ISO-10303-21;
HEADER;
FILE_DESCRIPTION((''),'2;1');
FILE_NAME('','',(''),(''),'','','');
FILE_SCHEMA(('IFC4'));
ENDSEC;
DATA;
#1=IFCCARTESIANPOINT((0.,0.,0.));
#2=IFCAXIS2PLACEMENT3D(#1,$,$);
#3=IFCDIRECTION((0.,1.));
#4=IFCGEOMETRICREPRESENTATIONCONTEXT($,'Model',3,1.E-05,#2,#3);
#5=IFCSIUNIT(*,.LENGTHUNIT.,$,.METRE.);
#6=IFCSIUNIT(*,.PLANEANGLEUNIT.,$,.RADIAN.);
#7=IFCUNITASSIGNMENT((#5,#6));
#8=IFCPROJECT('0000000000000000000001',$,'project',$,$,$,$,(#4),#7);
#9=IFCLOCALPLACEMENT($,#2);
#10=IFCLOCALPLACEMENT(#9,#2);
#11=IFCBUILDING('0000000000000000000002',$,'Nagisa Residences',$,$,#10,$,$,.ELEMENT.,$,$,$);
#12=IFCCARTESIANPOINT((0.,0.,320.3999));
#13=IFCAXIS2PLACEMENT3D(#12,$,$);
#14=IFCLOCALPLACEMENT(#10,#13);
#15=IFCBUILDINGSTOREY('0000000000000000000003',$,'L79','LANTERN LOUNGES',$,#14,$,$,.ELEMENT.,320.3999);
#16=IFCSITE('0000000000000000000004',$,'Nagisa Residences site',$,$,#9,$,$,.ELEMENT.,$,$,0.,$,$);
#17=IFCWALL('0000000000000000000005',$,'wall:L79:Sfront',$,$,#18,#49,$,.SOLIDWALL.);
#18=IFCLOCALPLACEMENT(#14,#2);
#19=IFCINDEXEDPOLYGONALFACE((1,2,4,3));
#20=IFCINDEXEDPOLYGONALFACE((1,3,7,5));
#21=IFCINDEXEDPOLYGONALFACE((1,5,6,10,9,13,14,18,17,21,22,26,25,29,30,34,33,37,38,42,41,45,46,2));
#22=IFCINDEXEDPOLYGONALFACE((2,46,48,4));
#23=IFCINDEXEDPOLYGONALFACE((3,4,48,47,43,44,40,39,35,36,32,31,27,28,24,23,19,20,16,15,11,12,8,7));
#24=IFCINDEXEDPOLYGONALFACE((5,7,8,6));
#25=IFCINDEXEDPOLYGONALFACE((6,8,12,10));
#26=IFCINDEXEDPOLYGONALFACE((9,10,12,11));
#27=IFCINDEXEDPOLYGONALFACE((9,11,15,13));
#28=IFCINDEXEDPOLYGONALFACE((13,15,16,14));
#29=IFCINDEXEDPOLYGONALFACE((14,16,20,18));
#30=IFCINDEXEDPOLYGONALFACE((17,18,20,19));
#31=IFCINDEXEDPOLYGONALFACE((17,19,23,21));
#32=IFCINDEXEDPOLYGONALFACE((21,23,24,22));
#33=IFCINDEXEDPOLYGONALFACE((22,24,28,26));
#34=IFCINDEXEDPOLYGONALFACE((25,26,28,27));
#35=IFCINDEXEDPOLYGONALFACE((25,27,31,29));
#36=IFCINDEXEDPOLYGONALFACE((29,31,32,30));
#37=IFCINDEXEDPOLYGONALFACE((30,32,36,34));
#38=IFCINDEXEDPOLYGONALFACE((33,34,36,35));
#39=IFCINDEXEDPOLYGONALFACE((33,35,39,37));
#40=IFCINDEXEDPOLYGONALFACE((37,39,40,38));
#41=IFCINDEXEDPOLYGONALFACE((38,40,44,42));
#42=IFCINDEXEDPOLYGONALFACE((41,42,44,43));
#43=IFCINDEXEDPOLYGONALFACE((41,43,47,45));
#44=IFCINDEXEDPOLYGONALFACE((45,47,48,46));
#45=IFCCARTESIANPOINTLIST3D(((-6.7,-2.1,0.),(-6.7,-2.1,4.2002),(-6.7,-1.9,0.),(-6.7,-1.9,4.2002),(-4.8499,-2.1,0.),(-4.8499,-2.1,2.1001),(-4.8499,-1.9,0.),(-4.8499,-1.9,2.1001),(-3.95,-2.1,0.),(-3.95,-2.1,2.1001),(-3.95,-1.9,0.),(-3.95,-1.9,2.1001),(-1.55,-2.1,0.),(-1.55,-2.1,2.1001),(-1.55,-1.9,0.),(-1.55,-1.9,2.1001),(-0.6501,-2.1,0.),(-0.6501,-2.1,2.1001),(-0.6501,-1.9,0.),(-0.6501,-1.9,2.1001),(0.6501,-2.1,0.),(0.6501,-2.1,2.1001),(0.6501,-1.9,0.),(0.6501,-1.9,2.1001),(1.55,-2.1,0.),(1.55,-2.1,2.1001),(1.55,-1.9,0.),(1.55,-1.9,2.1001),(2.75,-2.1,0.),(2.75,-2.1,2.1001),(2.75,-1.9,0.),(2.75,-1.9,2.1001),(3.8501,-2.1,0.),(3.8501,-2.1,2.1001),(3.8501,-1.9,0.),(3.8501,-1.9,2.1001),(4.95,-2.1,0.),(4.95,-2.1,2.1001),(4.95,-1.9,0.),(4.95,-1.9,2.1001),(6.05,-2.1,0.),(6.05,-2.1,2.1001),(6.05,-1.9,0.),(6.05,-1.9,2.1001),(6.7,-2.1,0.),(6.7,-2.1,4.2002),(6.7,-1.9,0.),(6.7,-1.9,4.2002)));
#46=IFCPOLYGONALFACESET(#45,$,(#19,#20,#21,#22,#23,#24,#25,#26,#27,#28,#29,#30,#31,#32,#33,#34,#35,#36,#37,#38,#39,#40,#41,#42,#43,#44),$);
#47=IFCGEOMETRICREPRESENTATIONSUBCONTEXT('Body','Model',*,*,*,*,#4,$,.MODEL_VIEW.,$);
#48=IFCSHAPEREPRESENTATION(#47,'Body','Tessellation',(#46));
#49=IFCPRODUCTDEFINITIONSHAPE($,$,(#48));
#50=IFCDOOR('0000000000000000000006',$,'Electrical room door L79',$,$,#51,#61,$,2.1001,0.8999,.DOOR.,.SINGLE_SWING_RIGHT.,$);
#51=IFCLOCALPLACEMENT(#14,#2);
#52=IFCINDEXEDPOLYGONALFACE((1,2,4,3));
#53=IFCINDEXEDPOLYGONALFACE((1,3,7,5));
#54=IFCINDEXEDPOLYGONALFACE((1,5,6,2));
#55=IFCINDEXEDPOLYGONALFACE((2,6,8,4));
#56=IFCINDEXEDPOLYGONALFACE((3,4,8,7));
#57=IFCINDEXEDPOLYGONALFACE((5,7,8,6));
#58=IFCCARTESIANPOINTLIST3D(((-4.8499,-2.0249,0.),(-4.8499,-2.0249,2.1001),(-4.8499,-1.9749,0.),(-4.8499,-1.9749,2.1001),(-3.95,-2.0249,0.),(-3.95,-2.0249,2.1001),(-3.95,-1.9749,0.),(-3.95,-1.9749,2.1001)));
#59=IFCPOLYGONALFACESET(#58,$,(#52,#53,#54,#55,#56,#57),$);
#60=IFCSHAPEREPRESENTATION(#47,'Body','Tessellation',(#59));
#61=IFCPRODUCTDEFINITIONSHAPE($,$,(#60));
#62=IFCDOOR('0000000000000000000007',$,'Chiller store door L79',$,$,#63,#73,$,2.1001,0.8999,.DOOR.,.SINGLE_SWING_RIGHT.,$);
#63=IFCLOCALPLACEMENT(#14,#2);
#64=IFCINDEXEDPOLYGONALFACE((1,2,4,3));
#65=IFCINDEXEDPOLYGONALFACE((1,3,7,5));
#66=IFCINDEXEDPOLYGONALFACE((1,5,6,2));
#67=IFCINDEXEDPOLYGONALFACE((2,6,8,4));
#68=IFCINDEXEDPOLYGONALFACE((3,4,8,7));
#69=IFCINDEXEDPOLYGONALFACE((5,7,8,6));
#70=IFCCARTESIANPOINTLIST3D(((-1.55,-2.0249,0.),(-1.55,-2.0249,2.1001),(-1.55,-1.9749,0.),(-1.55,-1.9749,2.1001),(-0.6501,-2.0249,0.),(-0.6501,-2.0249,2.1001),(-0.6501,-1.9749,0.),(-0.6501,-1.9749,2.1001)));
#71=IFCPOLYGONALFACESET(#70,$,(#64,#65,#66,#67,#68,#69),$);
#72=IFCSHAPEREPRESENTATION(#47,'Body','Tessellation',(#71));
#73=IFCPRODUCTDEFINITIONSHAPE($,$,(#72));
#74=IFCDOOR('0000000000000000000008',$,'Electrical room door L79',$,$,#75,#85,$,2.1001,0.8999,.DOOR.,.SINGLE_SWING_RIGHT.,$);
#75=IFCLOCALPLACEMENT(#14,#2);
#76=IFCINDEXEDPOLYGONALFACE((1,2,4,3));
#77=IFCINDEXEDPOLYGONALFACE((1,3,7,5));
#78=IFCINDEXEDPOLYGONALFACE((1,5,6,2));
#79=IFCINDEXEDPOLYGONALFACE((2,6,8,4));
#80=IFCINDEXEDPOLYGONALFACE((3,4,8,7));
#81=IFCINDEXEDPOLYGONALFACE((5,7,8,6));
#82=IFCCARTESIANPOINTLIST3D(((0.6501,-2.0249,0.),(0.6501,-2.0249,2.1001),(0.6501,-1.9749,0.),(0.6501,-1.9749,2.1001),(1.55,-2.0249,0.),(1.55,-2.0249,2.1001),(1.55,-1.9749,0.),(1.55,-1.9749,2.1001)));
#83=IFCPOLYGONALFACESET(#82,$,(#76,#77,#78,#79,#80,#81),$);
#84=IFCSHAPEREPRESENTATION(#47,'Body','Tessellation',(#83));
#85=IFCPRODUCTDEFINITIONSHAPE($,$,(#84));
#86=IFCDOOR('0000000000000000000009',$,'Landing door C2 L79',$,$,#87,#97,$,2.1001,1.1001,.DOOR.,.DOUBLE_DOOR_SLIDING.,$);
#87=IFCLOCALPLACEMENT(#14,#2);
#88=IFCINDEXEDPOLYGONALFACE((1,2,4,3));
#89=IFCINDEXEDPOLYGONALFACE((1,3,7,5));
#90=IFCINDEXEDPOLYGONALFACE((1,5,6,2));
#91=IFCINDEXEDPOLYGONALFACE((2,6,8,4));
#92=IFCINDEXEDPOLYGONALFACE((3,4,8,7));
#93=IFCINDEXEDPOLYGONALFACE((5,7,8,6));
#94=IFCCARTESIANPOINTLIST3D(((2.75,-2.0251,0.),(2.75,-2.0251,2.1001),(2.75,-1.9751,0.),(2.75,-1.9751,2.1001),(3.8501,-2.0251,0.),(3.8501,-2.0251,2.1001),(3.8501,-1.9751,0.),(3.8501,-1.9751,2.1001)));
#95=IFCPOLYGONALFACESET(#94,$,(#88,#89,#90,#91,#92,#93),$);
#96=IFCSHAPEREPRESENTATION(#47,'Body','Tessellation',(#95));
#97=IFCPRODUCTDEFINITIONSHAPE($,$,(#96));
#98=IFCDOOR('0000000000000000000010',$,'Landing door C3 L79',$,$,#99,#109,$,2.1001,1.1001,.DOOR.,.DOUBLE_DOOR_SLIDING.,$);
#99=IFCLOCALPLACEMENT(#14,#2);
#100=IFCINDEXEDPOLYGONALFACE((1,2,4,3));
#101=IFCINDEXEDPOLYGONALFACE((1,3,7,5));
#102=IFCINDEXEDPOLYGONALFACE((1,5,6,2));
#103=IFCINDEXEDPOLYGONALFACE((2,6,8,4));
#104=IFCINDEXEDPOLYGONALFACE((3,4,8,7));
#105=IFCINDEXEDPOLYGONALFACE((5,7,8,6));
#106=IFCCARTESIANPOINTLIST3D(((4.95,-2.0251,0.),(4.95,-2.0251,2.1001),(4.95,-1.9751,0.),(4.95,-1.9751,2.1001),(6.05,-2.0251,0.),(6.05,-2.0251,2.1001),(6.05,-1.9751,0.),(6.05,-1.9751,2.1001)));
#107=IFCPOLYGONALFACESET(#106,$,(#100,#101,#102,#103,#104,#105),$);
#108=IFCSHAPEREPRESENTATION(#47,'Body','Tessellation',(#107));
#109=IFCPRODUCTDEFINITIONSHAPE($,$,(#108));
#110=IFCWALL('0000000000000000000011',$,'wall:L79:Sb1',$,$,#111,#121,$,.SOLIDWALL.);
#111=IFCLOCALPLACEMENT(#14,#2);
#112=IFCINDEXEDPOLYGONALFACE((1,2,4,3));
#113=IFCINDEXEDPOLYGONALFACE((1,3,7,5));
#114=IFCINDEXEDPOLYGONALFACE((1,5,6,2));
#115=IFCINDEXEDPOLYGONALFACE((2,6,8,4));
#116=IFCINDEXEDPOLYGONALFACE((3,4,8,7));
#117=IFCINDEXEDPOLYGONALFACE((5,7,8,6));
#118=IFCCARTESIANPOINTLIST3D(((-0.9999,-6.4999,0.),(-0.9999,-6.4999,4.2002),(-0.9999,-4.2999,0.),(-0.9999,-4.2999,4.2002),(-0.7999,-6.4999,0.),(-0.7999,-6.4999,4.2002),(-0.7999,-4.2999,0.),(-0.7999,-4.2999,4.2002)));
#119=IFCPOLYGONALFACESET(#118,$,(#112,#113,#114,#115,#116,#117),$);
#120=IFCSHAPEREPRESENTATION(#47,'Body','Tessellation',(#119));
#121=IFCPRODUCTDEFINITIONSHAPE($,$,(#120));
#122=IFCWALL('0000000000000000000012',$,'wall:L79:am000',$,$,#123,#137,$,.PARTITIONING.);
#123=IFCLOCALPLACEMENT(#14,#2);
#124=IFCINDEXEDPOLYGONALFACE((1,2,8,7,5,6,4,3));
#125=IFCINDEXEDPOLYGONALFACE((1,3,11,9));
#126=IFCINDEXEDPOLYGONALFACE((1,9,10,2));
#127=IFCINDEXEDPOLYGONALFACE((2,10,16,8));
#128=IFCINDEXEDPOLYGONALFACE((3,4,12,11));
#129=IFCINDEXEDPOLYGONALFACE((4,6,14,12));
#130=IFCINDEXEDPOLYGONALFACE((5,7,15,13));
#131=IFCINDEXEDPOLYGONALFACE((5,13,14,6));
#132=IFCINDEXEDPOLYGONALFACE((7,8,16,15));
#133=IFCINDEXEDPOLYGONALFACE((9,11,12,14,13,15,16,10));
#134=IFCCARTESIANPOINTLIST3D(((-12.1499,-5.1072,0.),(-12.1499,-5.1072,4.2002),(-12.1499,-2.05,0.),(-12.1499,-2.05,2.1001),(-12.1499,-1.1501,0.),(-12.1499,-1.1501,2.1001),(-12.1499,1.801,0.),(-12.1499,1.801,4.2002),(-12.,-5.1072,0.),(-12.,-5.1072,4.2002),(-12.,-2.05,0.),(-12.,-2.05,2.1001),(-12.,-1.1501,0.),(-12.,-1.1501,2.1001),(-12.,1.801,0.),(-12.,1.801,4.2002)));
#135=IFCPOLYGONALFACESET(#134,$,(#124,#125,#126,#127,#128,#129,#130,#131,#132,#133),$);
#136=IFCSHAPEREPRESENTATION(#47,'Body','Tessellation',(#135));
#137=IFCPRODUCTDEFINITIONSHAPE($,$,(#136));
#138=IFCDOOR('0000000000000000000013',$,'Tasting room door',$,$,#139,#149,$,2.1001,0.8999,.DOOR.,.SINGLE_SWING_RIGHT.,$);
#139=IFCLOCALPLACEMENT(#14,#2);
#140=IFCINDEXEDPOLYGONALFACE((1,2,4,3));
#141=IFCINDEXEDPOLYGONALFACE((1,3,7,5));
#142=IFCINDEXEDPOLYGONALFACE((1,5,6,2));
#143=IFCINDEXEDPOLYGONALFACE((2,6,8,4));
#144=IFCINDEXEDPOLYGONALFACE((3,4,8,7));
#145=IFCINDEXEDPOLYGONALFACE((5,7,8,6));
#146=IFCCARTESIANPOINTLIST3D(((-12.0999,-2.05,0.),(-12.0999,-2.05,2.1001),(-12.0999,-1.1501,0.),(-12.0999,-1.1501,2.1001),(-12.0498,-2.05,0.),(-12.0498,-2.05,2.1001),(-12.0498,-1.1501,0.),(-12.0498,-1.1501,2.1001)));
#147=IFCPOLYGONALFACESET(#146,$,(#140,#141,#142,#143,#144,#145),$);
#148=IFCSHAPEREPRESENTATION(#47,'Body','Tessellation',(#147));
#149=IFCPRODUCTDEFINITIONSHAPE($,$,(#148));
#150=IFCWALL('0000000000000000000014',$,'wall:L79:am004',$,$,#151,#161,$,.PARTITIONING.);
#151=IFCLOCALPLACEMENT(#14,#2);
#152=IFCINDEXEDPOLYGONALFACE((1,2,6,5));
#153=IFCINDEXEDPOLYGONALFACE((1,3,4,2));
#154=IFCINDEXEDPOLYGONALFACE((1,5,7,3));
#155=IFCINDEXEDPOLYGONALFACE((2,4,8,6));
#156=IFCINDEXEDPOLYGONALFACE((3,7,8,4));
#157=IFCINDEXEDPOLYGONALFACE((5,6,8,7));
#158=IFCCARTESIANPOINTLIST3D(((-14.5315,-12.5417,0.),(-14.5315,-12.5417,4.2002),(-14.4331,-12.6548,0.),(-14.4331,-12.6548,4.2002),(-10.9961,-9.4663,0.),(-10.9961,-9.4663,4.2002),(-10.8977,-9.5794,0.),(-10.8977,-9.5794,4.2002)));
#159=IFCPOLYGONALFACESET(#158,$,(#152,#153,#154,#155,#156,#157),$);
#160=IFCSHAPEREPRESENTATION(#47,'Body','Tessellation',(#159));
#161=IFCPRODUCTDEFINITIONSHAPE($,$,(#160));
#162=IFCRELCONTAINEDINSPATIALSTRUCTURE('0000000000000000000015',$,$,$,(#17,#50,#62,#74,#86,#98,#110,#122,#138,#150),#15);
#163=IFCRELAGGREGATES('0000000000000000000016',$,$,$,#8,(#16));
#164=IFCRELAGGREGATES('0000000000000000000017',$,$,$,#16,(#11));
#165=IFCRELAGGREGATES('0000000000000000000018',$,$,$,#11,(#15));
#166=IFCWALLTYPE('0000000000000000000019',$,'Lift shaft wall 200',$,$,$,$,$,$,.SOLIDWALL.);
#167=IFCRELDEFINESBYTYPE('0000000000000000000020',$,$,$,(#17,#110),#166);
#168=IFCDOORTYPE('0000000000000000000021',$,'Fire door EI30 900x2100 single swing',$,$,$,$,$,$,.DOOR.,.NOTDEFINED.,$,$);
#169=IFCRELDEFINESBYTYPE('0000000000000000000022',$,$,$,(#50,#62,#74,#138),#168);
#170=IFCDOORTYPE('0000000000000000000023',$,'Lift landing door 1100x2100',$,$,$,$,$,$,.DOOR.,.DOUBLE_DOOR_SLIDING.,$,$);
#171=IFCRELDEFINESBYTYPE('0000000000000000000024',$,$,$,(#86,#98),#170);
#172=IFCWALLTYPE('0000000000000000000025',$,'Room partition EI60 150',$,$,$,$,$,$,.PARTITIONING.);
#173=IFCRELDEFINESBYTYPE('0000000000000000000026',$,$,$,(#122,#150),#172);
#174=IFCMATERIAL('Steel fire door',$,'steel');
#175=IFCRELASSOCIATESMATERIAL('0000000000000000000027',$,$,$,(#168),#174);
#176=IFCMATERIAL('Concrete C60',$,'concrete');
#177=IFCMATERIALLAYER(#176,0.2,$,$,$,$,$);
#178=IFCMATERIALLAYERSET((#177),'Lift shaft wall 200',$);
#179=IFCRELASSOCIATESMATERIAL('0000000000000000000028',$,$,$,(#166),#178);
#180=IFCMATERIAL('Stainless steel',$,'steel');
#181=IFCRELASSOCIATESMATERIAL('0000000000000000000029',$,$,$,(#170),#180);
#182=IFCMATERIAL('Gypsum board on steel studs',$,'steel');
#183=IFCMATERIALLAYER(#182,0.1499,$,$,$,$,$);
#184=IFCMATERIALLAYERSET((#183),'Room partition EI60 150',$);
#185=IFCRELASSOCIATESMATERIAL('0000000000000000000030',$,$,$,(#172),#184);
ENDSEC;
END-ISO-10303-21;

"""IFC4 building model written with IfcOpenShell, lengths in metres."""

from ifc_helpers import new_model, si_unit, direction, frame, frame_2d, origin, place, context, subcontext, project, spatial, rectangle, extrude, material, layer, layer_set, type_object, element, fill, save


model = new_model("IFC4")

# Units and contexts
model_context = context("Model", 3, precision=1e-05, world=origin(), true_north=direction((0.0, 1.0)))
body_context = subcontext(model_context, "Body", "Model", "MODEL_VIEW")
ifc_project = project(units=[si_unit("LENGTHUNIT", "METRE"), si_unit("PLANEANGLEUNIT", "RADIAN")], contexts=[model_context])

# Site, building, storey
site_placement = place(None, origin())
site = spatial("IfcSite", under=ifc_project, at=site_placement, Name="Nagisa Residences site", CompositionType="ELEMENT", RefElevation=0.0)
building_placement = place(site_placement, origin())
building = spatial("IfcBuilding", under=site, at=building_placement, Name="Nagisa Residences", CompositionType="ELEMENT")
storey_placement = place(building_placement, frame((0.0, 0.0, 320.3999)))
storey = spatial("IfcBuildingStorey", under=building, at=storey_placement, Name="L79", Description="LANTERN LOUNGES", CompositionType="ELEMENT", Elevation=320.3999)

# Shared definitions
ifc_material_1 = material(Name="Steel fire door", Category="steel")
door_type_1 = type_object("IfcDoorType", Name="Fire door EI30 900x2100 single swing", OperationType="NOTDEFINED", PredefinedType="DOOR", material=ifc_material_1)

# Shared definitions
ifc_material_2 = material(Name="Concrete C60", Category="concrete")
ifc_layer_1 = layer(ifc_material_2, 0.2)
ifc_layer_set_1 = layer_set([ifc_layer_1], Name="Lift shaft wall 200")
wall_type_1 = type_object("IfcWallType", Name="Lift shaft wall 200", PredefinedType="SOLIDWALL", material=ifc_layer_set_1)

# Wall, openings, doors
wall_1_placement = place(storey_placement, frame((-6.7, -2.0, 0.0), z_axis=(0.0, 0.0, 1.0), x_axis=(1.0, 0.0, 0.0)))
wall_1 = element("IfcWall", 1, at=wall_1_placement, inside=storey, type_object=wall_type_1, Name="wall:L79:Sfront", PredefinedType="SOLIDWALL", context=body_context, shape_type="SweptSolid", body=[
    extrude(rectangle(XDim=13.3999, YDim=0.2, at=frame_2d((6.7, 0.0))), origin(), (0.0, 0.0, 1.0), 4.2002),
])
opening_1_placement = place(wall_1_placement, frame((9.45, 0.0, 0.0)))
opening_1 = element("IfcOpeningElement", 2, at=opening_1_placement, cuts=wall_1, PredefinedType="OPENING", context=body_context, shape_type="SweptSolid", body=[
    extrude(rectangle(XDim=1.1001, YDim=2.1001, at=frame_2d((0.55, 1.05))), frame((0.0, 0.1099, 0.0), z_axis=(0.0, -1.0, 0.0), x_axis=(1.0, 0.0, 0.0)), (0.0, 0.0, 1.0), 0.22),
])
opening_2_placement = place(wall_1_placement, frame((11.6499, 0.0, 0.0)))
opening_2 = element("IfcOpeningElement", 3, at=opening_2_placement, cuts=wall_1, PredefinedType="OPENING", context=body_context, shape_type="SweptSolid", body=[
    extrude(rectangle(XDim=1.1001, YDim=2.1001, at=frame_2d((0.55, 1.05))), frame((0.0, 0.1099, 0.0), z_axis=(0.0, -1.0, 0.0), x_axis=(1.0, 0.0, 0.0)), (0.0, 0.0, 1.0), 0.22),
])
opening_3_placement = place(wall_1_placement, frame((1.8501, 0.0, 0.0)))
opening_3 = element("IfcOpeningElement", 4, at=opening_3_placement, cuts=wall_1, PredefinedType="OPENING", context=body_context, shape_type="SweptSolid", body=[
    extrude(rectangle(XDim=0.8999, YDim=2.1001, at=frame_2d((0.45, 1.05))), frame((0.0, 0.1099, 0.0), z_axis=(0.0, -1.0, 0.0), x_axis=(1.0, 0.0, 0.0)), (0.0, 0.0, 1.0), 0.22),
])
opening_4_placement = place(wall_1_placement, frame((5.1499, 0.0, 0.0)))
opening_4 = element("IfcOpeningElement", 5, at=opening_4_placement, cuts=wall_1, PredefinedType="OPENING", context=body_context, shape_type="SweptSolid", body=[
    extrude(rectangle(XDim=0.8999, YDim=2.1001, at=frame_2d((0.45, 1.05))), frame((0.0, 0.1099, 0.0), z_axis=(0.0, -1.0, 0.0), x_axis=(1.0, 0.0, 0.0)), (0.0, 0.0, 1.0), 0.22),
])
opening_5_placement = place(wall_1_placement, frame((7.3501, 0.0, 0.0)))
opening_5 = element("IfcOpeningElement", 6, at=opening_5_placement, cuts=wall_1, PredefinedType="OPENING", context=body_context, shape_type="SweptSolid", body=[
    extrude(rectangle(XDim=0.8999, YDim=2.1001, at=frame_2d((0.45, 1.05))), frame((0.0, 0.1099, 0.0), z_axis=(0.0, -1.0, 0.0), x_axis=(1.0, 0.0, 0.0)), (0.0, 0.0, 1.0), 0.22),
])
door_1_placement = place(opening_3_placement, frame((0.8999, 0.0, 0.0), x_axis=(-1.0, 0.0, 0.0)))
door_1 = element("IfcDoor", 7, at=door_1_placement, inside=storey, type_object=door_type_1, Name="Electrical room door L79", OperationType="SINGLE_SWING_RIGHT", OverallHeight=2.1001, OverallWidth=0.8999, PredefinedType="DOOR", context=body_context, shape_type="SweptSolid", body=[
    extrude(rectangle(XDim=0.8999, YDim=2.1001, at=frame_2d((0.45, 1.05))), frame((0.0, 0.0249, 0.0), z_axis=(0.0, -1.0, 0.0), x_axis=(1.0, 0.0, 0.0)), (0.0, 0.0, 1.0), 0.05),
])
fill(opening_3, door_1)
door_2_placement = place(opening_4_placement, frame((0.8999, 0.0, 0.0), x_axis=(-1.0, 0.0, 0.0)))
door_2 = element("IfcDoor", 8, at=door_2_placement, inside=storey, type_object=door_type_1, Name="Chiller store door L79", OperationType="SINGLE_SWING_RIGHT", OverallHeight=2.1001, OverallWidth=0.8999, PredefinedType="DOOR", context=body_context, shape_type="SweptSolid", body=[
    extrude(rectangle(XDim=0.8999, YDim=2.1001, at=frame_2d((0.45, 1.05))), frame((0.0, 0.0249, 0.0), z_axis=(0.0, -1.0, 0.0), x_axis=(1.0, 0.0, 0.0)), (0.0, 0.0, 1.0), 0.05),
])
fill(opening_4, door_2)
door_3_placement = place(opening_5_placement, frame((0.8999, 0.0, 0.0), x_axis=(-1.0, 0.0, 0.0)))
door_3 = element("IfcDoor", 9, at=door_3_placement, inside=storey, type_object=door_type_1, Name="Electrical room door L79", OperationType="SINGLE_SWING_RIGHT", OverallHeight=2.1001, OverallWidth=0.8999, PredefinedType="DOOR", context=body_context, shape_type="SweptSolid", body=[
    extrude(rectangle(XDim=0.8999, YDim=2.1001, at=frame_2d((0.45, 1.05))), frame((0.0, 0.0249, 0.0), z_axis=(0.0, -1.0, 0.0), x_axis=(1.0, 0.0, 0.0)), (0.0, 0.0, 1.0), 0.05),
])
fill(opening_5, door_3)
ifc_material_3 = material(Name="Stainless steel", Category="steel")
door_type_2 = type_object("IfcDoorType", Name="Lift landing door 1100x2100", OperationType="DOUBLE_DOOR_SLIDING", PredefinedType="DOOR", material=ifc_material_3)
door_4_placement = place(opening_1_placement, origin())
door_4 = element("IfcDoor", 10, at=door_4_placement, inside=storey, type_object=door_type_2, Name="Landing door C2 L79", OperationType="DOUBLE_DOOR_SLIDING", OverallHeight=2.1001, OverallWidth=1.1001, PredefinedType="DOOR", context=body_context, shape_type="SweptSolid", body=[
    extrude(rectangle(XDim=1.1001, YDim=2.1001, at=frame_2d((0.55, 1.05))), frame((0.0, 0.0249, 0.0), z_axis=(0.0, -1.0, 0.0), x_axis=(1.0, 0.0, 0.0)), (0.0, 0.0, 1.0), 0.05),
])
fill(opening_1, door_4)
door_5_placement = place(opening_2_placement, origin())
door_5 = element("IfcDoor", 11, at=door_5_placement, inside=storey, type_object=door_type_2, Name="Landing door C3 L79", OperationType="DOUBLE_DOOR_SLIDING", OverallHeight=2.1001, OverallWidth=1.1001, PredefinedType="DOOR", context=body_context, shape_type="SweptSolid", body=[
    extrude(rectangle(XDim=1.1001, YDim=2.1001, at=frame_2d((0.55, 1.05))), frame((0.0, 0.0249, 0.0), z_axis=(0.0, -1.0, 0.0), x_axis=(1.0, 0.0, 0.0)), (0.0, 0.0, 1.0), 0.05),
])
fill(opening_2, door_5)

# Wall
wall_2_placement = place(storey_placement, frame((-0.8999, -6.5, 0.0), z_axis=(0.0, 0.0, 1.0), x_axis=(0.0, 1.0, 0.0)))
element("IfcWall", 12, at=wall_2_placement, inside=storey, type_object=wall_type_1, Name="wall:L79:Sb1", PredefinedType="SOLIDWALL", context=body_context, shape_type="SweptSolid", body=[
    extrude(rectangle(XDim=2.2, YDim=0.2, at=frame_2d((1.1001, 0.0))), origin(), (0.0, 0.0, 1.0), 4.2002),
])

# Wall, opening, door
ifc_material_4 = material(Name="Gypsum board on steel studs", Category="steel")
ifc_layer_2 = layer(ifc_material_4, 0.1499)
ifc_layer_set_2 = layer_set([ifc_layer_2], Name="Room partition EI60 150")
wall_type_2 = type_object("IfcWallType", Name="Room partition EI60 150", PredefinedType="PARTITIONING", material=ifc_layer_set_2)
wall_3_placement = place(storey_placement, frame((-12.075, -5.1072, 0.0), z_axis=(0.0, 0.0, 1.0), x_axis=(0.0, 1.0, 0.0)))
wall_3 = element("IfcWall", 13, at=wall_3_placement, inside=storey, type_object=wall_type_2, Name="wall:L79:am000", PredefinedType="PARTITIONING", context=body_context, shape_type="SweptSolid", body=[
    extrude(rectangle(XDim=6.9082, YDim=0.1499, at=frame_2d((3.4541, 0.0))), origin(), (0.0, 0.0, 1.0), 4.2002),
])
opening_6_placement = place(wall_3_placement, frame((3.0571, 0.0, 0.0)))
opening_6 = element("IfcOpeningElement", 14, at=opening_6_placement, cuts=wall_3, PredefinedType="OPENING", context=body_context, shape_type="SweptSolid", body=[
    extrude(rectangle(XDim=0.8999, YDim=2.1001, at=frame_2d((0.45, 1.05))), frame((0.0, 0.085, 0.0), z_axis=(0.0, -1.0, 0.0), x_axis=(1.0, 0.0, 0.0)), (0.0, 0.0, 1.0), 0.1699),
])
door_6_placement = place(opening_6_placement, origin())
door_6 = element("IfcDoor", 15, at=door_6_placement, inside=storey, type_object=door_type_1, Name="Tasting room door", OperationType="SINGLE_SWING_RIGHT", OverallHeight=2.1001, OverallWidth=0.8999, PredefinedType="DOOR", context=body_context, shape_type="SweptSolid", body=[
    extrude(rectangle(XDim=0.8999, YDim=2.1001, at=frame_2d((0.45, 1.05))), frame((0.0, 0.0249, 0.0), z_axis=(0.0, -1.0, 0.0), x_axis=(1.0, 0.0, 0.0)), (0.0, 0.0, 1.0), 0.05),
])
fill(opening_6, door_6)

# Wall
wall_4_placement = place(storey_placement, frame((-10.947, -9.5229, 0.0), z_axis=(0.0, 0.0, 1.0), x_axis=(-0.754481, -0.656322, 0.0)))
element("IfcWall", 16, at=wall_4_placement, inside=storey, type_object=wall_type_2, Name="wall:L79:am004", PredefinedType="PARTITIONING", context=body_context, shape_type="SweptSolid", body=[
    extrude(rectangle(XDim=4.6858, YDim=0.1499, at=frame_2d((2.3428, 0.0))), origin(), (0.0, 0.0, 1.0), 4.2002),
])

save(model, "model.ifc")
